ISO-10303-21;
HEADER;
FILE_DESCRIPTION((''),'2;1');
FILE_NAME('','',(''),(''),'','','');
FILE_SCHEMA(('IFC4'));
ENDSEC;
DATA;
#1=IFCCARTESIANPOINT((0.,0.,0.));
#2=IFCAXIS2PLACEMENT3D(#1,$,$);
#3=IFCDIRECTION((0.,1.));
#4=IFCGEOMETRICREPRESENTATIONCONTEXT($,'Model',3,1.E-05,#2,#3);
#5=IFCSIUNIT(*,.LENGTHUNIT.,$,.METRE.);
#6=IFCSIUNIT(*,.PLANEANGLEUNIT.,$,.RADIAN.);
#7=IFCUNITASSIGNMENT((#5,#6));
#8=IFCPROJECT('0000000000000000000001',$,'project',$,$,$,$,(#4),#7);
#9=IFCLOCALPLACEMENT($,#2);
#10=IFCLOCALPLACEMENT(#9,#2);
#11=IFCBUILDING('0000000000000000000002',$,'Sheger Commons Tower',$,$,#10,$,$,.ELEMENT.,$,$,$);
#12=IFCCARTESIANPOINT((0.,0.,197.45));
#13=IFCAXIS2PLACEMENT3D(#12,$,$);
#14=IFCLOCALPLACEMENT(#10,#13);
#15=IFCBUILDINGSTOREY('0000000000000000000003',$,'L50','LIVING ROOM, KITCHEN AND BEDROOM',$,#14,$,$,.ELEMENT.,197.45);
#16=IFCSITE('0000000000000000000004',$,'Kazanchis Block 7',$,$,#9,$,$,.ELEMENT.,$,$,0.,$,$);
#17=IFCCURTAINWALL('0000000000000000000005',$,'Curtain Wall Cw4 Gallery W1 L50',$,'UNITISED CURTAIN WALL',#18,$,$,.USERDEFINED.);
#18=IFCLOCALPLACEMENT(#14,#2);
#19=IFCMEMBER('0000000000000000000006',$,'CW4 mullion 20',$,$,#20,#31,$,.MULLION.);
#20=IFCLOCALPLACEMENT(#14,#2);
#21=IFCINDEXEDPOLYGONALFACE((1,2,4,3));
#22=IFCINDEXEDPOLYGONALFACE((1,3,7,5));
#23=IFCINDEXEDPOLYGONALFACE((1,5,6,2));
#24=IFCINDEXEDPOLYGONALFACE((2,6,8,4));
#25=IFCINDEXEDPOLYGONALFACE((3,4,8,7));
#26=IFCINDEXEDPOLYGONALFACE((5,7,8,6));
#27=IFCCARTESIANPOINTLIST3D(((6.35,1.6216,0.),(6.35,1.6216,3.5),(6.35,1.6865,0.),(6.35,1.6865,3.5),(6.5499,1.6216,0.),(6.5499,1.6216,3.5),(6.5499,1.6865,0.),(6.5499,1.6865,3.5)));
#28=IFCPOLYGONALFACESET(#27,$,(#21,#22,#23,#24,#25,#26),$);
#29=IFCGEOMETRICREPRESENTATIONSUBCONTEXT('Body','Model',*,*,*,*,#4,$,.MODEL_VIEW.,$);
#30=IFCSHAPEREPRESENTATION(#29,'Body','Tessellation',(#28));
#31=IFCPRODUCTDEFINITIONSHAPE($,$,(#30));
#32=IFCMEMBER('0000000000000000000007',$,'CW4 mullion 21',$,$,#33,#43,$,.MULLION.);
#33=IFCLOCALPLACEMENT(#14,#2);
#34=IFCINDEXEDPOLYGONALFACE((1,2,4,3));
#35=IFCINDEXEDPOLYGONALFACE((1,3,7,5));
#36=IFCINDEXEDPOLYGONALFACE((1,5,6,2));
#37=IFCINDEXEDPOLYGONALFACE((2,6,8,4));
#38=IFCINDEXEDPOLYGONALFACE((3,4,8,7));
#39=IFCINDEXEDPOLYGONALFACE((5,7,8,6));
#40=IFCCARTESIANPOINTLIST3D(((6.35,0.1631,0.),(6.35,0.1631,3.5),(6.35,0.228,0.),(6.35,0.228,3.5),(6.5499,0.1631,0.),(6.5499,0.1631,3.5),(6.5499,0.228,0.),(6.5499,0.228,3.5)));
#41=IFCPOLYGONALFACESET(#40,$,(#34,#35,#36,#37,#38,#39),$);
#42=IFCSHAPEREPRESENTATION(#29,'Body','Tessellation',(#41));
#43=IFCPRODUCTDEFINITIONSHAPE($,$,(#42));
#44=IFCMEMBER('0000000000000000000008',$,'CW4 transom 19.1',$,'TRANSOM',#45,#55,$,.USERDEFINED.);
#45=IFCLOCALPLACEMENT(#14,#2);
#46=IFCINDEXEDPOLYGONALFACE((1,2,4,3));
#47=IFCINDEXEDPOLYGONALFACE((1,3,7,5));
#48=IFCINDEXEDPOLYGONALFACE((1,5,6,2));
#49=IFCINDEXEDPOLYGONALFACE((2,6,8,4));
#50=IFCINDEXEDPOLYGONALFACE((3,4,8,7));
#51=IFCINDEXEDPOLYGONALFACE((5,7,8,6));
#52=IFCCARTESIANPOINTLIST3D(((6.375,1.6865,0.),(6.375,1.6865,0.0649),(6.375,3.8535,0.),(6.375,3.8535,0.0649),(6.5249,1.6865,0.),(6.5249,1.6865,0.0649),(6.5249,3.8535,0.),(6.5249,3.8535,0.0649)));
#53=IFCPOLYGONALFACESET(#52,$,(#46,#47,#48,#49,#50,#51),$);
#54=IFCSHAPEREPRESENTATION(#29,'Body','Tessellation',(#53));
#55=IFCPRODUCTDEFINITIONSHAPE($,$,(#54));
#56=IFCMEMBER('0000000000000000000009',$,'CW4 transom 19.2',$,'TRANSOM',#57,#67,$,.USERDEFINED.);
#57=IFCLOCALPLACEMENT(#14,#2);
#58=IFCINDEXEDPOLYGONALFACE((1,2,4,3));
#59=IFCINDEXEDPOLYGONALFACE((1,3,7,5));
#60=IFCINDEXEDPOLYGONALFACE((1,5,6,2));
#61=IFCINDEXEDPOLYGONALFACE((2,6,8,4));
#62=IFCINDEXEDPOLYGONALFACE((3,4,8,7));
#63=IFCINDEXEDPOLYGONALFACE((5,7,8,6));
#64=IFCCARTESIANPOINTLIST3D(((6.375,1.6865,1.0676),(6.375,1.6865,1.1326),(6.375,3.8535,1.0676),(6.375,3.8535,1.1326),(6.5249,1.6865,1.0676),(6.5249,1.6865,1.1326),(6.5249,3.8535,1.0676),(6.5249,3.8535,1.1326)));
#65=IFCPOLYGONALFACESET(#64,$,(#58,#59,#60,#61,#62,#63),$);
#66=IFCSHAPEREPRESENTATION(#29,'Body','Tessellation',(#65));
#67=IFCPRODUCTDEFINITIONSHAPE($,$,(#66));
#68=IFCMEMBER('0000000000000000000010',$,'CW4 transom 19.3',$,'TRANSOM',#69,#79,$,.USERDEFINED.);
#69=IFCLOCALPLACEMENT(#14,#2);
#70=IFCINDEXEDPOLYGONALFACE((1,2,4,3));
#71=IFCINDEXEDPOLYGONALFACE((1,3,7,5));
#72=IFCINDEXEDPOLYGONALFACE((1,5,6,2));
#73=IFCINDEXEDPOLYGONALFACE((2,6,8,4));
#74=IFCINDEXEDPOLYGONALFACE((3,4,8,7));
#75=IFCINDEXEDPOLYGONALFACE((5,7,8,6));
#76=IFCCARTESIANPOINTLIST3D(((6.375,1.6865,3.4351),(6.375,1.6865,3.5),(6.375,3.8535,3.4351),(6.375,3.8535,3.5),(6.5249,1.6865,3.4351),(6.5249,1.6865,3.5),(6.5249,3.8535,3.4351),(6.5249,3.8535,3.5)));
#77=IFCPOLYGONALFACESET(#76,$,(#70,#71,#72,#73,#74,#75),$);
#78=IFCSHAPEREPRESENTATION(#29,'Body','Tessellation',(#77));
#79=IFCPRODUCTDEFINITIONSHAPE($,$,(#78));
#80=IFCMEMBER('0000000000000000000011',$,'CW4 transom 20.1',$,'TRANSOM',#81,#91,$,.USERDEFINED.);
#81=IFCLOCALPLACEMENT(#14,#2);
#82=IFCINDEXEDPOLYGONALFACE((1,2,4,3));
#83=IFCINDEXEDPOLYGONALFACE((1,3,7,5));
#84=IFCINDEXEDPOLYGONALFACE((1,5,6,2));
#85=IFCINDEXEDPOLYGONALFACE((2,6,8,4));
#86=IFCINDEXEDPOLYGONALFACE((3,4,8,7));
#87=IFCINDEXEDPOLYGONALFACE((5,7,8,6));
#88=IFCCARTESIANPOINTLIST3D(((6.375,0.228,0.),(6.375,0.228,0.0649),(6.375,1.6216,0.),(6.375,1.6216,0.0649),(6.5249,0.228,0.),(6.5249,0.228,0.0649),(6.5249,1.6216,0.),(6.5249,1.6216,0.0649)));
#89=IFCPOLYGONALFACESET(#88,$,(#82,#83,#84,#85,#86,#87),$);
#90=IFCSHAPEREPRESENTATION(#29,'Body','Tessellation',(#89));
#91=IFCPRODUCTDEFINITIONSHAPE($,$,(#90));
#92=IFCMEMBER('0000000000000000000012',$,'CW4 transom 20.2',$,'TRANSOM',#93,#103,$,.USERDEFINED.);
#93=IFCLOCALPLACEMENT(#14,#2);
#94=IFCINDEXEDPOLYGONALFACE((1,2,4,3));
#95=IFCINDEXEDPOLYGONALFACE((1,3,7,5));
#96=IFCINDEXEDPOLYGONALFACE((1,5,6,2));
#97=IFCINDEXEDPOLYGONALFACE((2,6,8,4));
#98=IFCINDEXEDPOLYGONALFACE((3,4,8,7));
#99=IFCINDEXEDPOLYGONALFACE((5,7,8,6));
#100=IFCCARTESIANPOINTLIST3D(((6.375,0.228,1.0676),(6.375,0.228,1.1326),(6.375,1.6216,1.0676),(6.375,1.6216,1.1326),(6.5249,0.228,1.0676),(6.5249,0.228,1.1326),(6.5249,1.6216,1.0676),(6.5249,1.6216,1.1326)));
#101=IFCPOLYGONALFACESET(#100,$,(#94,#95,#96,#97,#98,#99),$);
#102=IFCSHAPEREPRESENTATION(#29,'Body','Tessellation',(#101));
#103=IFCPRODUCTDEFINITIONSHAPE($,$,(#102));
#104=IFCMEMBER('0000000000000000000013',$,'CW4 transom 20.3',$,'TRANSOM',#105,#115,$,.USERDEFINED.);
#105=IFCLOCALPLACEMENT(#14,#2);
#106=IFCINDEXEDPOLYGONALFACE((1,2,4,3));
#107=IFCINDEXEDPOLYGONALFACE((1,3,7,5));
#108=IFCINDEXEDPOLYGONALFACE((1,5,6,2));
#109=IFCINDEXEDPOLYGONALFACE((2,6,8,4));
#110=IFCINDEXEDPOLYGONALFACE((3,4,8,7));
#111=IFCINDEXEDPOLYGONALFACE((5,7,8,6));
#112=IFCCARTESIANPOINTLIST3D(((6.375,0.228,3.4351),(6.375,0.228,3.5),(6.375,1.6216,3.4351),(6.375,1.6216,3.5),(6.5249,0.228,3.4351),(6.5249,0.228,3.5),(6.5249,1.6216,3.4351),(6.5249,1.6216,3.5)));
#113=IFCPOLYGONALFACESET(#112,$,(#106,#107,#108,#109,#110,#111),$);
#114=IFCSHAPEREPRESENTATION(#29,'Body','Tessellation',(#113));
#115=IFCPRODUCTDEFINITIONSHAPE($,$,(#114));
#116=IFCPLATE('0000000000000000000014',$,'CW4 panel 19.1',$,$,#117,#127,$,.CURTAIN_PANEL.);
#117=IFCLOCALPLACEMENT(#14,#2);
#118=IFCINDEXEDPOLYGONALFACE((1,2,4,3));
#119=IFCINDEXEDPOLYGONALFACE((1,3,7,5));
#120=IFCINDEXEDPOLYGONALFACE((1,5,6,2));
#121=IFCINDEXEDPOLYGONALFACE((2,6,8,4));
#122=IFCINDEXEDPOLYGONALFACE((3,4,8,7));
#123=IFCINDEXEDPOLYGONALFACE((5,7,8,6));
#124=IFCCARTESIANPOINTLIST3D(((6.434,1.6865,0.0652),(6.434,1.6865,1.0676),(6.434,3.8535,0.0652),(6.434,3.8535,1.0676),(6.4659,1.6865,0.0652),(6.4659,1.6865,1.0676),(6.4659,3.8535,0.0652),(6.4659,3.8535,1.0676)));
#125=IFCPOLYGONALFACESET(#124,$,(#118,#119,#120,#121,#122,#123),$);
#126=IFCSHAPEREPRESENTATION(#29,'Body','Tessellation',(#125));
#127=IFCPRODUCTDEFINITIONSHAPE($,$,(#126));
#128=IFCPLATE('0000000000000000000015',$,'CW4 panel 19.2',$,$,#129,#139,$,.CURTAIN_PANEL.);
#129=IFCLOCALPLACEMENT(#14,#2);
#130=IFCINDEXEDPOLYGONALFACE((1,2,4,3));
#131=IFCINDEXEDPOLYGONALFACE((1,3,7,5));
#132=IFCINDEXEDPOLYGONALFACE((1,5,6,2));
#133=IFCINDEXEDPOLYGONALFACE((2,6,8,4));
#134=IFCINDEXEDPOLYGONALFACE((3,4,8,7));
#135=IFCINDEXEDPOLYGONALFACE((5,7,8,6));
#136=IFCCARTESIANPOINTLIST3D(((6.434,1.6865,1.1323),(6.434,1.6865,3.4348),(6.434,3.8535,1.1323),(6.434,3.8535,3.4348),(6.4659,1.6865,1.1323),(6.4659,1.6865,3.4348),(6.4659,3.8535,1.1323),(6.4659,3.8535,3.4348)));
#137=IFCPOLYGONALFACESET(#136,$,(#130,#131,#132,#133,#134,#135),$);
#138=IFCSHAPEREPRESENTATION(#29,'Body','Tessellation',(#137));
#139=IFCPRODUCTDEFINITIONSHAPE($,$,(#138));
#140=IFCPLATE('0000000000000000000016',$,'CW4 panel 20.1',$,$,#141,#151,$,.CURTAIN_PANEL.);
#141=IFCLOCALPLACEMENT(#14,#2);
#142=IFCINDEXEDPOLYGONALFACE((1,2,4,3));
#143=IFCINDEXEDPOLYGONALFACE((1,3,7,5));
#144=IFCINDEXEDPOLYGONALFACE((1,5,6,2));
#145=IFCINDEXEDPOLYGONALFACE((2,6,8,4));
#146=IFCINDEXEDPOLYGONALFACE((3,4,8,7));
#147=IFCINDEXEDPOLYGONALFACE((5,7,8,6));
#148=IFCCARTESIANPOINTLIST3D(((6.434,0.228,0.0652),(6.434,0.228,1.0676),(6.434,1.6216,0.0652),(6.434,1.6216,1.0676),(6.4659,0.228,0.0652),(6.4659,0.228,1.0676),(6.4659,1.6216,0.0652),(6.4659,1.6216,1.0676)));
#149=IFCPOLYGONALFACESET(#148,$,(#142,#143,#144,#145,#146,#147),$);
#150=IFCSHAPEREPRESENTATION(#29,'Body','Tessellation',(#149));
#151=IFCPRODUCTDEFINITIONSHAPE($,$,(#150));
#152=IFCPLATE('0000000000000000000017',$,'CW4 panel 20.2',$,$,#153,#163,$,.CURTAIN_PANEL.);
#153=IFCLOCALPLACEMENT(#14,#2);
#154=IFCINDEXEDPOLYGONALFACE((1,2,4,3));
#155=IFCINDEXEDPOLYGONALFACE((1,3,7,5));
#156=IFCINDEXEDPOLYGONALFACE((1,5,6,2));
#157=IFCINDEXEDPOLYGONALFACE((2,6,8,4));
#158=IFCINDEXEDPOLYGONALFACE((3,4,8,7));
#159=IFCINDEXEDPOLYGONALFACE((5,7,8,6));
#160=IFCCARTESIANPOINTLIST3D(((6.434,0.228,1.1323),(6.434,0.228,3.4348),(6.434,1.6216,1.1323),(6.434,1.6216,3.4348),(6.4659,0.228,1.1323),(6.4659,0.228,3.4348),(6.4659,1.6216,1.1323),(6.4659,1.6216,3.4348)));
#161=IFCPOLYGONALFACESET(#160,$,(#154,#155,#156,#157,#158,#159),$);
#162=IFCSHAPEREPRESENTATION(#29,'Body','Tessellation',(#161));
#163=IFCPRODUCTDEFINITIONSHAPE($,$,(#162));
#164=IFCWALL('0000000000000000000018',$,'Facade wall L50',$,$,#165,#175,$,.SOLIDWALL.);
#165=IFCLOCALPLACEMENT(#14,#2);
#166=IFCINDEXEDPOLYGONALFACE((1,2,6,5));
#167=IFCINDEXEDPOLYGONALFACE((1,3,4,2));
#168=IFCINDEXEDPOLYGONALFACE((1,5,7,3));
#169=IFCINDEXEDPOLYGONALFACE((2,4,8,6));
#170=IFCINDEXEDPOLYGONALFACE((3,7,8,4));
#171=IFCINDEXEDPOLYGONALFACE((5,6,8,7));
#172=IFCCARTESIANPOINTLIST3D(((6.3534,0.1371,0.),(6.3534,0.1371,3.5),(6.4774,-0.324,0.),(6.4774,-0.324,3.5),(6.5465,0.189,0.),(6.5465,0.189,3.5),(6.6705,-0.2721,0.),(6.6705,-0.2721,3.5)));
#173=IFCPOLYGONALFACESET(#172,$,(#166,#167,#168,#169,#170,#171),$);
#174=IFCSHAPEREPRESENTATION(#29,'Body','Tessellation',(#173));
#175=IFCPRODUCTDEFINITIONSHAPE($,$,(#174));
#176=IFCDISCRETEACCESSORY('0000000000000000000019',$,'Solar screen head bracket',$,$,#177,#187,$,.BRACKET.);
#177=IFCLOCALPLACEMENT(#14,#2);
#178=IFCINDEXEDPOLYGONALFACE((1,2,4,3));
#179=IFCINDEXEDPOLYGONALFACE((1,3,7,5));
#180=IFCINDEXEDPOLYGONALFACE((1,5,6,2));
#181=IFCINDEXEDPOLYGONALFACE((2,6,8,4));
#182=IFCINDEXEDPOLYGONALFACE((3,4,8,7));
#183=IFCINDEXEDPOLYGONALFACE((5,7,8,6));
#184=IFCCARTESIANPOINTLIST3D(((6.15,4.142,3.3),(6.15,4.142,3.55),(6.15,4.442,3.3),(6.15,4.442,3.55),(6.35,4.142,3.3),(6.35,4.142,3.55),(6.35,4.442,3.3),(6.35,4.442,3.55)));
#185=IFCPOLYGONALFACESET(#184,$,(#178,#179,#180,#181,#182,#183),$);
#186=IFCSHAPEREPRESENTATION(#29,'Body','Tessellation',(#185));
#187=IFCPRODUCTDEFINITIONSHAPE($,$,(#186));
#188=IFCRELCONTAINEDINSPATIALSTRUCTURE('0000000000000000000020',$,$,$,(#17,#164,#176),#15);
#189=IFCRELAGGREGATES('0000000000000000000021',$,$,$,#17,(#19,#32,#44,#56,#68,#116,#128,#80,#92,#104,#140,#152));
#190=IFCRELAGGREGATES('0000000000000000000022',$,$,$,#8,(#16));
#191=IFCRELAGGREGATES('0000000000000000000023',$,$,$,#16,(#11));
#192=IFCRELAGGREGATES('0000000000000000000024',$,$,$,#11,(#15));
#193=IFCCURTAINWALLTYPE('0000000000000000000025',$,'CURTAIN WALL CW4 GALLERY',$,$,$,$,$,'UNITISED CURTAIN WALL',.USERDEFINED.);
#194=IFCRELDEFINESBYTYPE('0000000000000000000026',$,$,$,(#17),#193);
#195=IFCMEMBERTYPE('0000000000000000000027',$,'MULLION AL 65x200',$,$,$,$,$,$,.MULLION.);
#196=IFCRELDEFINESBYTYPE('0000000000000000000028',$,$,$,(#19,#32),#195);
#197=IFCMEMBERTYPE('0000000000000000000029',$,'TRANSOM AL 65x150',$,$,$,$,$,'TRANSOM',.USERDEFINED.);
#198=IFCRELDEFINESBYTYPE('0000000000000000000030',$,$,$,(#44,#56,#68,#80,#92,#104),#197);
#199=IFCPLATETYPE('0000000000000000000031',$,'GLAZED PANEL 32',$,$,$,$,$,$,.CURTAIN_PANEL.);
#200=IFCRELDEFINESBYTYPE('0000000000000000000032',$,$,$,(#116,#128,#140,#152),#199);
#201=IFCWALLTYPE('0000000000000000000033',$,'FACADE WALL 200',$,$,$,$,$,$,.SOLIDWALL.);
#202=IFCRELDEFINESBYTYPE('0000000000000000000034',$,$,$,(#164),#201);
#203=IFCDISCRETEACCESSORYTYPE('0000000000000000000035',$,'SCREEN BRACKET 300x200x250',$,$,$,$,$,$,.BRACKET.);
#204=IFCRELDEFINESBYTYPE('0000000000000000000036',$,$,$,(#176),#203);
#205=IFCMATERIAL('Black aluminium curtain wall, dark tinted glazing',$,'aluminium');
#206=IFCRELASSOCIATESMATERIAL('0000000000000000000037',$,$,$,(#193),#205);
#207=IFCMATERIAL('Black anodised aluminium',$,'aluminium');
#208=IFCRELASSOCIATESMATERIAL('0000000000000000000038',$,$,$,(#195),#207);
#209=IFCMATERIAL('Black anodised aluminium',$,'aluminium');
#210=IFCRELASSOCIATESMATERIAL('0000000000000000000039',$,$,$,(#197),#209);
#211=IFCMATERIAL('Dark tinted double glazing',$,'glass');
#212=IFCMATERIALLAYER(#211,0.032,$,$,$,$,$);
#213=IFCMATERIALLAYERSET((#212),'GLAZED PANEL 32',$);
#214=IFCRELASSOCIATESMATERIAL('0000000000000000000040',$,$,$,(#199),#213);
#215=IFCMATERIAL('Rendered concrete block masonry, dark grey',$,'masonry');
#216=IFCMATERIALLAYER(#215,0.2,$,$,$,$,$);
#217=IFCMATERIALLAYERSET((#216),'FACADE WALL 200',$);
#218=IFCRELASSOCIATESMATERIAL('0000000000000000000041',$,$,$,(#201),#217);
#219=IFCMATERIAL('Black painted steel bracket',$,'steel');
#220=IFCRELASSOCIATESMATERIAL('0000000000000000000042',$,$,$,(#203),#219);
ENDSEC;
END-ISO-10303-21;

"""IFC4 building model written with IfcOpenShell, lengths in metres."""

from ifc_helpers import new_model, si_unit, direction, frame, frame_2d, origin, origin_2d, place, context, subcontext, project, spatial, rectangle, extrude, material, layer, layer_set, material_profile, profile_set, type_object, element, aggregate, save


model = new_model("IFC4")

# Units and contexts
model_context = context("Model", 3, precision=1e-05, world=origin(), true_north=direction((0.0, 1.0)))
body_context = subcontext(model_context, "Body", "Model", "MODEL_VIEW")
ifc_project = project(units=[si_unit("LENGTHUNIT", "METRE"), si_unit("PLANEANGLEUNIT", "RADIAN")], contexts=[model_context])

# Site, building, storey
site_placement = place(None, origin())
site = spatial("IfcSite", under=ifc_project, at=site_placement, Name="Kazanchis Block 7", CompositionType="ELEMENT", RefElevation=0.0)
building_placement = place(site_placement, origin())
building = spatial("IfcBuilding", under=site, at=building_placement, Name="Sheger Commons Tower", CompositionType="ELEMENT")
storey_placement = place(building_placement, frame((0.0, 0.0, 197.45)))
storey = spatial("IfcBuildingStorey", under=building, at=storey_placement, Name="L50", Description="LIVING ROOM, KITCHEN AND BEDROOM", CompositionType="ELEMENT", Elevation=197.45)

# Curtain wall, members, plates
ifc_material_1 = material(Name="Black aluminium curtain wall, dark tinted glazing", Category="aluminium")
curtain_wall_type = type_object("IfcCurtainWallType", Name="CURTAIN WALL CW4 GALLERY", ElementType="UNITISED CURTAIN WALL", PredefinedType="USERDEFINED", material=ifc_material_1)
curtain_wall_placement = place(storey_placement, origin())
curtain_wall = element("IfcCurtainWall", 1, at=curtain_wall_placement, inside=storey, type_object=curtain_wall_type, Name="Curtain Wall Cw4 Gallery W1 L50", ObjectType="UNITISED CURTAIN WALL", PredefinedType="USERDEFINED")
ifc_material_2 = material(Name="Black anodised aluminium", Category="aluminium")
ifc_material_profile_1 = material_profile(ifc_material_2, rectangle(XDim=0.2, YDim=0.0649, at=origin_2d()), Name="AL 65x200")
ifc_profile_set_1 = profile_set([ifc_material_profile_1], Name="Black anodised aluminium")
member_type_1 = type_object("IfcMemberType", Name="MULLION AL 65x200", PredefinedType="MULLION", material=ifc_profile_set_1)
member_1_placement = place(storey_placement, frame((6.45, 1.6541, 0.0), z_axis=(0.0, 0.0, 1.0), x_axis=(1.0, 0.0, 0.0)))
member_1 = element("IfcMember", 2, at=member_1_placement, type_object=member_type_1, Name="CW4 mullion 20", PredefinedType="MULLION", context=body_context, shape_type="SweptSolid", body=[
    extrude(rectangle(XDim=0.2, YDim=0.0649, at=origin_2d()), origin(), (0.0, 0.0, 1.0), 3.5),
])
member_2_placement = place(storey_placement, frame((6.45, 0.1956, 0.0), z_axis=(0.0, 0.0, 1.0), x_axis=(1.0, 0.0, 0.0)))
member_2 = element("IfcMember", 3, at=member_2_placement, type_object=member_type_1, Name="CW4 mullion 21", PredefinedType="MULLION", context=body_context, shape_type="SweptSolid", body=[
    extrude(rectangle(XDim=0.2, YDim=0.0649, at=origin_2d()), origin(), (0.0, 0.0, 1.0), 3.5),
])
ifc_material_3 = material(Name="Black anodised aluminium", Category="aluminium")
ifc_material_profile_2 = material_profile(ifc_material_3, rectangle(XDim=0.1499, YDim=0.0649, at=origin_2d()), Name="AL 65x150")
ifc_profile_set_2 = profile_set([ifc_material_profile_2], Name="Black anodised aluminium")
member_type_2 = type_object("IfcMemberType", Name="TRANSOM AL 65x150", ElementType="TRANSOM", PredefinedType="USERDEFINED", material=ifc_profile_set_2)
member_3_placement = place(storey_placement, frame((6.45, 3.8535, 0.0325), z_axis=(0.0, -1.0, 0.0), x_axis=(1.0, 0.0, 0.0)))
member_3 = element("IfcMember", 4, at=member_3_placement, type_object=member_type_2, Name="CW4 transom 19.1", ObjectType="TRANSOM", PredefinedType="USERDEFINED", context=body_context, shape_type="SweptSolid", body=[
    extrude(rectangle(XDim=0.1499, YDim=0.0649, at=origin_2d()), origin(), (0.0, 0.0, 1.0), 2.167),
])
member_4_placement = place(storey_placement, frame((6.45, 3.8535, 1.1001), z_axis=(0.0, -1.0, 0.0), x_axis=(1.0, 0.0, 0.0)))
member_4 = element("IfcMember", 5, at=member_4_placement, type_object=member_type_2, Name="CW4 transom 19.2", ObjectType="TRANSOM", PredefinedType="USERDEFINED", context=body_context, shape_type="SweptSolid", body=[
    extrude(rectangle(XDim=0.1499, YDim=0.0649, at=origin_2d()), origin(), (0.0, 0.0, 1.0), 2.167),
])
member_5_placement = place(storey_placement, frame((6.45, 3.8535, 3.4675), z_axis=(0.0, -1.0, 0.0), x_axis=(1.0, 0.0, 0.0)))
member_5 = element("IfcMember", 6, at=member_5_placement, type_object=member_type_2, Name="CW4 transom 19.3", ObjectType="TRANSOM", PredefinedType="USERDEFINED", context=body_context, shape_type="SweptSolid", body=[
    extrude(rectangle(XDim=0.1499, YDim=0.0649, at=origin_2d()), origin(), (0.0, 0.0, 1.0), 2.167),
])
member_6_placement = place(storey_placement, frame((6.45, 1.6216, 0.0325), z_axis=(0.0, -1.0, 0.0), x_axis=(1.0, 0.0, 0.0)))
member_6 = element("IfcMember", 7, at=member_6_placement, type_object=member_type_2, Name="CW4 transom 20.1", ObjectType="TRANSOM", PredefinedType="USERDEFINED", context=body_context, shape_type="SweptSolid", body=[
    extrude(rectangle(XDim=0.1499, YDim=0.0649, at=origin_2d()), origin(), (0.0, 0.0, 1.0), 1.3936),
])
member_7_placement = place(storey_placement, frame((6.45, 1.6216, 1.1001), z_axis=(0.0, -1.0, 0.0), x_axis=(1.0, 0.0, 0.0)))
member_7 = element("IfcMember", 8, at=member_7_placement, type_object=member_type_2, Name="CW4 transom 20.2", ObjectType="TRANSOM", PredefinedType="USERDEFINED", context=body_context, shape_type="SweptSolid", body=[
    extrude(rectangle(XDim=0.1499, YDim=0.0649, at=origin_2d()), origin(), (0.0, 0.0, 1.0), 1.3936),
])
member_8_placement = place(storey_placement, frame((6.45, 1.6216, 3.4675), z_axis=(0.0, -1.0, 0.0), x_axis=(1.0, 0.0, 0.0)))
member_8 = element("IfcMember", 9, at=member_8_placement, type_object=member_type_2, Name="CW4 transom 20.3", ObjectType="TRANSOM", PredefinedType="USERDEFINED", context=body_context, shape_type="SweptSolid", body=[
    extrude(rectangle(XDim=0.1499, YDim=0.0649, at=origin_2d()), origin(), (0.0, 0.0, 1.0), 1.3936),
])
ifc_material_4 = material(Name="Dark tinted double glazing", Category="glass")
ifc_layer_1 = layer(ifc_material_4, 0.032)
ifc_layer_set_1 = layer_set([ifc_layer_1], Name="GLAZED PANEL 32")
plate_type = type_object("IfcPlateType", Name="GLAZED PANEL 32", PredefinedType="CURTAIN_PANEL", material=ifc_layer_set_1)
plate_1_placement = place(storey_placement, frame((6.45, 2.77, 0.0652), z_axis=(0.0, 0.0, 1.0), x_axis=(0.0, -1.0, 0.0)))
plate_1 = element("IfcPlate", 10, at=plate_1_placement, type_object=plate_type, Name="CW4 panel 19.1", PredefinedType="CURTAIN_PANEL", context=body_context, shape_type="SweptSolid", body=[
    extrude(rectangle(XDim=2.167, YDim=0.032, at=origin_2d()), origin(), (0.0, 0.0, 1.0), 1.0024),
])
plate_2_placement = place(storey_placement, frame((6.45, 2.77, 1.1323), z_axis=(0.0, 0.0, 1.0), x_axis=(0.0, -1.0, 0.0)))
plate_2 = element("IfcPlate", 11, at=plate_2_placement, type_object=plate_type, Name="CW4 panel 19.2", PredefinedType="CURTAIN_PANEL", context=body_context, shape_type="SweptSolid", body=[
    extrude(rectangle(XDim=2.167, YDim=0.032, at=origin_2d()), origin(), (0.0, 0.0, 1.0), 2.3025),
])
plate_3_placement = place(storey_placement, frame((6.45, 0.9248, 0.0652), z_axis=(0.0, 0.0, 1.0), x_axis=(0.0, -1.0, 0.0)))
plate_3 = element("IfcPlate", 12, at=plate_3_placement, type_object=plate_type, Name="CW4 panel 20.1", PredefinedType="CURTAIN_PANEL", context=body_context, shape_type="SweptSolid", body=[
    extrude(rectangle(XDim=1.3936, YDim=0.032, at=origin_2d()), origin(), (0.0, 0.0, 1.0), 1.0024),
])
plate_4_placement = place(storey_placement, frame((6.45, 0.9248, 1.1323), z_axis=(0.0, 0.0, 1.0), x_axis=(0.0, -1.0, 0.0)))
plate_4 = element("IfcPlate", 13, at=plate_4_placement, type_object=plate_type, Name="CW4 panel 20.2", PredefinedType="CURTAIN_PANEL", context=body_context, shape_type="SweptSolid", body=[
    extrude(rectangle(XDim=1.3936, YDim=0.032, at=origin_2d()), origin(), (0.0, 0.0, 1.0), 2.3025),
])
aggregate(curtain_wall, [member_1, member_2, member_3, member_4, member_5, plate_1, plate_2, member_6, member_7, member_8, plate_3, plate_4])

# Wall
ifc_material_5 = material(Name="Rendered concrete block masonry, dark grey", Category="masonry")
ifc_layer_2 = layer(ifc_material_5, 0.2)
ifc_layer_set_2 = layer_set([ifc_layer_2], Name="FACADE WALL 200")
wall_type = type_object("IfcWallType", Name="FACADE WALL 200", PredefinedType="SOLIDWALL", material=ifc_layer_set_2)
wall_placement = place(storey_placement, frame((6.45, 0.1631, 0.0), z_axis=(0.0, 0.0, 1.0), x_axis=(0.259698, -0.96569, 0.0)))
element("IfcWall", 14, at=wall_placement, inside=storey, type_object=wall_type, Name="Facade wall L50", PredefinedType="SOLIDWALL", context=body_context, shape_type="SweptSolid", body=[
    extrude(rectangle(XDim=0.4775, YDim=0.2, at=frame_2d((0.2388, 0.0))), origin(), (0.0, 0.0, 1.0), 3.5),
])

# Discrete accessory
ifc_material_6 = material(Name="Black painted steel bracket", Category="steel")
discrete_accessory_type = type_object("IfcDiscreteAccessoryType", Name="SCREEN BRACKET 300x200x250", PredefinedType="BRACKET", material=ifc_material_6)
discrete_accessory_placement = place(storey_placement, frame((6.25, 4.292, 3.3), z_axis=(0.0, 0.0, 1.0), x_axis=(0.0, -1.0, 0.0)))
element("IfcDiscreteAccessory", 15, at=discrete_accessory_placement, inside=storey, type_object=discrete_accessory_type, Name="Solar screen head bracket", PredefinedType="BRACKET", context=body_context, shape_type="SweptSolid", body=[
    extrude(rectangle(XDim=0.3, YDim=0.2, at=origin_2d()), origin(), (0.0, 0.0, 1.0), 0.25),
])

save(model, "model.ifc")
